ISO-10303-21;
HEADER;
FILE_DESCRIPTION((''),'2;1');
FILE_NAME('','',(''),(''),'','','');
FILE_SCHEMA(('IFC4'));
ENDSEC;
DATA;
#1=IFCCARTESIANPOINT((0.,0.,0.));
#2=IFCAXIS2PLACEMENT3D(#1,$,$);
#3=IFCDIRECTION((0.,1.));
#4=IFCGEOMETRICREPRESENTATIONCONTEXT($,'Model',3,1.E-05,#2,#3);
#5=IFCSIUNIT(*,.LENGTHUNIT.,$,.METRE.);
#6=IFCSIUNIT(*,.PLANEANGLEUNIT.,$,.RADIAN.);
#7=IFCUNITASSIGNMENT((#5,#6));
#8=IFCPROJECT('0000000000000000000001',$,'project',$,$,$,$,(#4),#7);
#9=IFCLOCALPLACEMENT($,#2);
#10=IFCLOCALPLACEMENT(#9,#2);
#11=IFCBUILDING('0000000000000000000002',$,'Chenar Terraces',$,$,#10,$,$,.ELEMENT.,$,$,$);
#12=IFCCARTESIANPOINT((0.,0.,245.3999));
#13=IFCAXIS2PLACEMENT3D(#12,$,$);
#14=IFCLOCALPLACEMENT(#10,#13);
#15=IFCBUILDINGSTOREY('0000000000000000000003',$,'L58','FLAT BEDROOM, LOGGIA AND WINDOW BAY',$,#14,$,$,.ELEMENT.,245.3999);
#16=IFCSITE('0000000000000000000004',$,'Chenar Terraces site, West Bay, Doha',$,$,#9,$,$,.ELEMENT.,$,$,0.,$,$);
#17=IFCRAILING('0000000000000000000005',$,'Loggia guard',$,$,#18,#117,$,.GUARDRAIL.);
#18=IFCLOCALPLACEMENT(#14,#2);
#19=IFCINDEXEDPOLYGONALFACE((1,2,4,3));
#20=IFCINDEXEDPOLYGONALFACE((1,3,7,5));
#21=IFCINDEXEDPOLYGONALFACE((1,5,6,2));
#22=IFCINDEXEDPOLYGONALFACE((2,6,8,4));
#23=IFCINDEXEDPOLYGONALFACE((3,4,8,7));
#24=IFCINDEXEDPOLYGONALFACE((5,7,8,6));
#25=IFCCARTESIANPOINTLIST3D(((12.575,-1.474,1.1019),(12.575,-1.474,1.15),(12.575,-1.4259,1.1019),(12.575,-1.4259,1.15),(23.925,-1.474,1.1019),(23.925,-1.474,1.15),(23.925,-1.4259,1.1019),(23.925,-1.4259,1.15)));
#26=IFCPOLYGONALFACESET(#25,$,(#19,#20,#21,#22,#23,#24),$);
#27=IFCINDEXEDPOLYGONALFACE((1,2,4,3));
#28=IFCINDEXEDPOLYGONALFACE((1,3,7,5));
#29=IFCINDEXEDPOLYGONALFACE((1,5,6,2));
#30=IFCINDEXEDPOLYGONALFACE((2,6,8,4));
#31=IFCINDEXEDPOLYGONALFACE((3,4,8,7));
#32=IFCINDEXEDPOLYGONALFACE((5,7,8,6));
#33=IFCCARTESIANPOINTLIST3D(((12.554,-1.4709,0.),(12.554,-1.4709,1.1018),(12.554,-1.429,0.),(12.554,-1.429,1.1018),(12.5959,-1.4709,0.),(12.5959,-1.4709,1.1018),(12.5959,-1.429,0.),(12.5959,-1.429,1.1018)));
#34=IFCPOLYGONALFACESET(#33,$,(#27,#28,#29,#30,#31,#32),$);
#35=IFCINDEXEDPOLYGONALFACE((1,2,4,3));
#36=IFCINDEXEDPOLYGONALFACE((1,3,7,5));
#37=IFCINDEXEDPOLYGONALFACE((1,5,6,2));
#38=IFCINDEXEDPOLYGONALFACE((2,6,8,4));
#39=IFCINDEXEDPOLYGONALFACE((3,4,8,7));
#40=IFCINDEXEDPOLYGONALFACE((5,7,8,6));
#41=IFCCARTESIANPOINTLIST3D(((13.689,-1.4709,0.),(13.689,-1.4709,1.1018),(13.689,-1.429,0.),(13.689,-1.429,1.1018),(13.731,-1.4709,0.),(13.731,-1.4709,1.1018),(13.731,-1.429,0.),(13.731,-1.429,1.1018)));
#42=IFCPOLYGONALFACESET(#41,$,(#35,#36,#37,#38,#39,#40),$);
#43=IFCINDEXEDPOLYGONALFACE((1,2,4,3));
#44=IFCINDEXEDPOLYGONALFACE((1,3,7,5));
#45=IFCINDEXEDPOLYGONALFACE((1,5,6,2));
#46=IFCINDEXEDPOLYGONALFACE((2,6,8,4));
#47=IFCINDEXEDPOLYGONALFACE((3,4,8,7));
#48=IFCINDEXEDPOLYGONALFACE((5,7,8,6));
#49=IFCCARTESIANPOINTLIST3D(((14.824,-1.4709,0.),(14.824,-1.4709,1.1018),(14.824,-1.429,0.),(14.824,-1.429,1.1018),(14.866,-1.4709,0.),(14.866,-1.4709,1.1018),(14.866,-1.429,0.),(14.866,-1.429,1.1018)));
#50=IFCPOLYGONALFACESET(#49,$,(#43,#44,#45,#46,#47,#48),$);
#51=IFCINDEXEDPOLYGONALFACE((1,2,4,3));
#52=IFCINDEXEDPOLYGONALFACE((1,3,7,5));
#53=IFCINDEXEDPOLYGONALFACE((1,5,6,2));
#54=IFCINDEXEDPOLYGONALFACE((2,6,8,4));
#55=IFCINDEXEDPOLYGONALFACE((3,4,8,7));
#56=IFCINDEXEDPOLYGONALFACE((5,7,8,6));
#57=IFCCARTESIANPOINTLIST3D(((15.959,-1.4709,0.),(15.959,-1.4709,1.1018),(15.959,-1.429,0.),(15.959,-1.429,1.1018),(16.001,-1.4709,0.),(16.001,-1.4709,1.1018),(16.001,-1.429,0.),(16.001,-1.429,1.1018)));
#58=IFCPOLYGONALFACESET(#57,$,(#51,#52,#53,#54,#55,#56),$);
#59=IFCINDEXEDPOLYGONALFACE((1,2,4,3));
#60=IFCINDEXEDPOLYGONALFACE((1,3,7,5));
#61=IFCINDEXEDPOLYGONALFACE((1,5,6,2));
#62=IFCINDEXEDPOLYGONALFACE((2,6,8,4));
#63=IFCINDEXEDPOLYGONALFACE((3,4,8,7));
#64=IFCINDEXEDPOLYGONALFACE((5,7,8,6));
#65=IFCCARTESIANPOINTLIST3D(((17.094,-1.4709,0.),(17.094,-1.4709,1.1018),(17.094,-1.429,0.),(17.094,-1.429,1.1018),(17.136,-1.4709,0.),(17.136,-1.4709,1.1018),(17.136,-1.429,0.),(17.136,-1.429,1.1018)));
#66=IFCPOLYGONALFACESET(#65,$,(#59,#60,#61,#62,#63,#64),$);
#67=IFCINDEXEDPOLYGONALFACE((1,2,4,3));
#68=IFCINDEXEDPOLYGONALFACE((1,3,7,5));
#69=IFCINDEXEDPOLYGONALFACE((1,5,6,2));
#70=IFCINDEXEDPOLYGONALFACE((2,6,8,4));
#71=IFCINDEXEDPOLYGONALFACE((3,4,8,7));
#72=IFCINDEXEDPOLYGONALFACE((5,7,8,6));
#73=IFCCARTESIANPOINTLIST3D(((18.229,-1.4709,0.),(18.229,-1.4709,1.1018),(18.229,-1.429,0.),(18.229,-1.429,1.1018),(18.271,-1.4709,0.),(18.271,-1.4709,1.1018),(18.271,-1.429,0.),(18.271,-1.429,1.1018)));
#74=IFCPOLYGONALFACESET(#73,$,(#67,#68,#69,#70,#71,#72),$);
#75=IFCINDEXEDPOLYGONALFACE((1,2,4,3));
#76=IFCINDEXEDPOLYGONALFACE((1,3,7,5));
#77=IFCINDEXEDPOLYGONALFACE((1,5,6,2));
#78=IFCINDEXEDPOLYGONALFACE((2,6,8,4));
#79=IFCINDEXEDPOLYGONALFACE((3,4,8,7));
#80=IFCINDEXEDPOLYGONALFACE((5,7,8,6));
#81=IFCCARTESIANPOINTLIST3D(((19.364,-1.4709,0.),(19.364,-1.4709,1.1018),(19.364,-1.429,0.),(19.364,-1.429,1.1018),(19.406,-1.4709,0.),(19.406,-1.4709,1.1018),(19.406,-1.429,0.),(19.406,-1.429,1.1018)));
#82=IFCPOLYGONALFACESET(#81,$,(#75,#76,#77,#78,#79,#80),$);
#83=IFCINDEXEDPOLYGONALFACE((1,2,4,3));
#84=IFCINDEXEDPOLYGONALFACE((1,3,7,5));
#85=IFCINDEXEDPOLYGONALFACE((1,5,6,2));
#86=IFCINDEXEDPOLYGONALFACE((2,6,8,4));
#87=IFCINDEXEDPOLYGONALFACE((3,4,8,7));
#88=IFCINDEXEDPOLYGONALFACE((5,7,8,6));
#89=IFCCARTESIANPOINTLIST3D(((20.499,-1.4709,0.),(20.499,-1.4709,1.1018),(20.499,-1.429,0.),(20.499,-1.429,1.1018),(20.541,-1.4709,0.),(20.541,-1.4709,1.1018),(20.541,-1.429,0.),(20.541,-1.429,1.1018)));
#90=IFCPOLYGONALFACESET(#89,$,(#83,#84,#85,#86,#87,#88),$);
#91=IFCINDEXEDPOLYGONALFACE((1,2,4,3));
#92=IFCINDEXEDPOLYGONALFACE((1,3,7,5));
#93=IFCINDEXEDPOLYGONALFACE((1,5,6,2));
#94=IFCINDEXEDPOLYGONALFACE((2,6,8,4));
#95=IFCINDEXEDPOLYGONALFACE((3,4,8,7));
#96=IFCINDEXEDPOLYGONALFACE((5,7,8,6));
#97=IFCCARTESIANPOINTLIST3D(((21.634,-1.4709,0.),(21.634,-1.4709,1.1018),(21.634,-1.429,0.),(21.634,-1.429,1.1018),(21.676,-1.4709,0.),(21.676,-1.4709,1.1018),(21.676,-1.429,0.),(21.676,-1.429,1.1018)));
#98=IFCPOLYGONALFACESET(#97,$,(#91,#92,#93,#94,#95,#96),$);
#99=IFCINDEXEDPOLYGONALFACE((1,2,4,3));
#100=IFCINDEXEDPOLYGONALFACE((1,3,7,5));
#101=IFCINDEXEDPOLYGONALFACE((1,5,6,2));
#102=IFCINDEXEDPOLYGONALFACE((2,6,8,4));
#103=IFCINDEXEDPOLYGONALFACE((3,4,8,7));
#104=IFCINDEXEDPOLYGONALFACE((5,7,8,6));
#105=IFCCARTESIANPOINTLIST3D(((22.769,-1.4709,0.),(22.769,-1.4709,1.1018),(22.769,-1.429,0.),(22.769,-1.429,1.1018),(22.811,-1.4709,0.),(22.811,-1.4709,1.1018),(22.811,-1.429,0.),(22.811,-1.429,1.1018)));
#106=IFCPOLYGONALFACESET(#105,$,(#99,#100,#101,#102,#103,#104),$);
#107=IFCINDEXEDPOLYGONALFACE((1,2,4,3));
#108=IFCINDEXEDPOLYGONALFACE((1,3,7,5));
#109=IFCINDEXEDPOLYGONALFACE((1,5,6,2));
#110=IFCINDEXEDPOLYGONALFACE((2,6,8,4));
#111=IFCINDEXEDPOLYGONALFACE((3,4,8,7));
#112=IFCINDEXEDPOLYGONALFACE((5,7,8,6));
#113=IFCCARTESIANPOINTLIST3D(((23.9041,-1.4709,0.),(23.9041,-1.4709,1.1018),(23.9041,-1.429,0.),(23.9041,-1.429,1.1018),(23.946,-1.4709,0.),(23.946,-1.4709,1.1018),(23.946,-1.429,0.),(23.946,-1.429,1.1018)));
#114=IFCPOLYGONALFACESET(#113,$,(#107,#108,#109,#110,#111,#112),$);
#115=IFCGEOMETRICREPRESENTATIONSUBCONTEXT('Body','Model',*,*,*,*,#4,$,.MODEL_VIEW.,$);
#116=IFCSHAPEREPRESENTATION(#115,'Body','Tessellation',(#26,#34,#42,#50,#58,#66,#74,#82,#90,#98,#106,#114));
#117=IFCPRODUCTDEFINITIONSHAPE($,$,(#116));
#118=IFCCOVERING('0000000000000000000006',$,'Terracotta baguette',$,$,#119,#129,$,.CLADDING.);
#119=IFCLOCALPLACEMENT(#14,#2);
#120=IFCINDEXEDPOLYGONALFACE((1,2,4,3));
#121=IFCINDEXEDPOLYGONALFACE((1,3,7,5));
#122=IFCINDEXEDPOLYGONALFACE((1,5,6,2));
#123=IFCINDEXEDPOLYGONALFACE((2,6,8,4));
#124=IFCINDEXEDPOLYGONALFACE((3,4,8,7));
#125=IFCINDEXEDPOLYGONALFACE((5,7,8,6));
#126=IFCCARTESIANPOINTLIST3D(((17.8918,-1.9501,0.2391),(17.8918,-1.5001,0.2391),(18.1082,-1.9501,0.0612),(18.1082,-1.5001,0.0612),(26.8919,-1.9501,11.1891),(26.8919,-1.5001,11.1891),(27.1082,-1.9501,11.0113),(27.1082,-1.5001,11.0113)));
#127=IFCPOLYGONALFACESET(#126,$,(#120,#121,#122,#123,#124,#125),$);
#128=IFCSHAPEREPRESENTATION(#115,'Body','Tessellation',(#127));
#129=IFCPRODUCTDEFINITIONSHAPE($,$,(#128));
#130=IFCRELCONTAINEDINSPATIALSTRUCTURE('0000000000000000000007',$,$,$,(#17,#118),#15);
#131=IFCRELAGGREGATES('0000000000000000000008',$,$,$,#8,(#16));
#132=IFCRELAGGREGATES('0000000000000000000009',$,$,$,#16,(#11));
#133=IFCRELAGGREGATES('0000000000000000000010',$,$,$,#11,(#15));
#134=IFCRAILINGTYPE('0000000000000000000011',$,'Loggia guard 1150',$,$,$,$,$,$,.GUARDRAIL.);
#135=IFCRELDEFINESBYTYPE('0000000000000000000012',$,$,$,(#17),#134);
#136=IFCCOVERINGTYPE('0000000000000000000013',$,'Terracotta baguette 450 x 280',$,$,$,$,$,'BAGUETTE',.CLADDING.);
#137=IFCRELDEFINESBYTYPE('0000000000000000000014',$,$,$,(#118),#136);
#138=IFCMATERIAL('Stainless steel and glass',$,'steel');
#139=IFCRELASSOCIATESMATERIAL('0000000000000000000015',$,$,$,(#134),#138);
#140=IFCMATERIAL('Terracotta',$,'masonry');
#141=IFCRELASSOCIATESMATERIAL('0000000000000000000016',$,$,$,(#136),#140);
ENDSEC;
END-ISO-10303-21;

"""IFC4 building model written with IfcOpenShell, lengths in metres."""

from ifc_helpers import new_model, si_unit, direction, frame, origin, origin_2d, place, context, subcontext, project, spatial, rectangle, extrude, material, material_profile, profile_set, type_object, element, save


model = new_model("IFC4")

# Units and contexts
model_context = context("Model", 3, precision=1e-05, world=origin(), true_north=direction((0.0, 1.0)))
body_context = subcontext(model_context, "Body", "Model", "MODEL_VIEW")
ifc_project = project(units=[si_unit("LENGTHUNIT", "METRE"), si_unit("PLANEANGLEUNIT", "RADIAN")], contexts=[model_context])

# Site, building, storey
site_placement = place(None, origin())
site = spatial("IfcSite", under=ifc_project, at=site_placement, Name="Chenar Terraces site, West Bay, Doha", CompositionType="ELEMENT", RefElevation=0.0)
building_placement = place(site_placement, origin())
building = spatial("IfcBuilding", under=site, at=building_placement, Name="Chenar Terraces", CompositionType="ELEMENT")
storey_placement = place(building_placement, frame((0.0, 0.0, 245.3999)))
storey = spatial("IfcBuildingStorey", under=building, at=storey_placement, Name="L58", Description="FLAT BEDROOM, LOGGIA AND WINDOW BAY", CompositionType="ELEMENT", Elevation=245.3999)

# Railing
ifc_material_1 = material(Name="Stainless steel and glass", Category="steel")
railing_type = type_object("IfcRailingType", Name="Loggia guard 1150", PredefinedType="GUARDRAIL", material=ifc_material_1)
railing_placement = place(storey_placement, frame((12.575, -1.45, 0.0)))
element("IfcRailing", 1, at=railing_placement, inside=storey, type_object=railing_type, Name="Loggia guard", PredefinedType="GUARDRAIL", context=body_context, shape_type="SweptSolid", body=[
    extrude(rectangle(XDim=0.0481, YDim=0.0481, at=origin_2d()), frame((0.0, 0.0, 1.126), z_axis=(1.0, 0.0, 0.0), x_axis=(0.0, 1.0, 0.0)), (0.0, 0.0, 1.0), 11.3501),
    extrude(rectangle(XDim=0.042, YDim=0.042, at=origin_2d()), origin(), (0.0, 0.0, 1.0), 1.1018),
    extrude(rectangle(XDim=0.042, YDim=0.042, at=origin_2d()), frame((1.135, 0.0, 0.0)), (0.0, 0.0, 1.0), 1.1018),
    extrude(rectangle(XDim=0.042, YDim=0.042, at=origin_2d()), frame((2.27, 0.0, 0.0)), (0.0, 0.0, 1.0), 1.1018),
    extrude(rectangle(XDim=0.042, YDim=0.042, at=origin_2d()), frame((3.405, 0.0, 0.0)), (0.0, 0.0, 1.0), 1.1018),
    extrude(rectangle(XDim=0.042, YDim=0.042, at=origin_2d()), frame((4.54, 0.0, 0.0)), (0.0, 0.0, 1.0), 1.1018),
    extrude(rectangle(XDim=0.042, YDim=0.042, at=origin_2d()), frame((5.675, 0.0, 0.0)), (0.0, 0.0, 1.0), 1.1018),
    extrude(rectangle(XDim=0.042, YDim=0.042, at=origin_2d()), frame((6.8101, 0.0, 0.0)), (0.0, 0.0, 1.0), 1.1018),
    extrude(rectangle(XDim=0.042, YDim=0.042, at=origin_2d()), frame((7.9451, 0.0, 0.0)), (0.0, 0.0, 1.0), 1.1018),
    extrude(rectangle(XDim=0.042, YDim=0.042, at=origin_2d()), frame((9.0801, 0.0, 0.0)), (0.0, 0.0, 1.0), 1.1018),
    extrude(rectangle(XDim=0.042, YDim=0.042, at=origin_2d()), frame((10.2151, 0.0, 0.0)), (0.0, 0.0, 1.0), 1.1018),
    extrude(rectangle(XDim=0.042, YDim=0.042, at=origin_2d()), frame((11.3501, 0.0, 0.0)), (0.0, 0.0, 1.0), 1.1018),
])

# Covering
ifc_material_2 = material(Name="Terracotta", Category="masonry")
ifc_material_profile_1 = material_profile(ifc_material_2, rectangle(XDim=0.45, YDim=0.28, at=origin_2d()), Name="Terracotta baguette 450 x 280")
ifc_profile_set_1 = profile_set([ifc_material_profile_1], Name="Terracotta")
covering_type = type_object("IfcCoveringType", Name="Terracotta baguette 450 x 280", ElementType="BAGUETTE", PredefinedType="CLADDING", material=ifc_profile_set_1)
covering_placement = place(storey_placement, frame((18.0, -1.7251, 0.1501), z_axis=(0.634967, 0.0, 0.772539), x_axis=(0.0, 1.0, 0.0)))
element("IfcCovering", 2, at=covering_placement, inside=storey, type_object=covering_type, Name="Terracotta baguette", PredefinedType="CLADDING", context=body_context, shape_type="SweptSolid", body=[
    extrude(rectangle(XDim=0.45, YDim=0.28, at=origin_2d()), origin(), (0.0, 0.0, 1.0), 14.1741),
])

save(model, "model.ifc")
